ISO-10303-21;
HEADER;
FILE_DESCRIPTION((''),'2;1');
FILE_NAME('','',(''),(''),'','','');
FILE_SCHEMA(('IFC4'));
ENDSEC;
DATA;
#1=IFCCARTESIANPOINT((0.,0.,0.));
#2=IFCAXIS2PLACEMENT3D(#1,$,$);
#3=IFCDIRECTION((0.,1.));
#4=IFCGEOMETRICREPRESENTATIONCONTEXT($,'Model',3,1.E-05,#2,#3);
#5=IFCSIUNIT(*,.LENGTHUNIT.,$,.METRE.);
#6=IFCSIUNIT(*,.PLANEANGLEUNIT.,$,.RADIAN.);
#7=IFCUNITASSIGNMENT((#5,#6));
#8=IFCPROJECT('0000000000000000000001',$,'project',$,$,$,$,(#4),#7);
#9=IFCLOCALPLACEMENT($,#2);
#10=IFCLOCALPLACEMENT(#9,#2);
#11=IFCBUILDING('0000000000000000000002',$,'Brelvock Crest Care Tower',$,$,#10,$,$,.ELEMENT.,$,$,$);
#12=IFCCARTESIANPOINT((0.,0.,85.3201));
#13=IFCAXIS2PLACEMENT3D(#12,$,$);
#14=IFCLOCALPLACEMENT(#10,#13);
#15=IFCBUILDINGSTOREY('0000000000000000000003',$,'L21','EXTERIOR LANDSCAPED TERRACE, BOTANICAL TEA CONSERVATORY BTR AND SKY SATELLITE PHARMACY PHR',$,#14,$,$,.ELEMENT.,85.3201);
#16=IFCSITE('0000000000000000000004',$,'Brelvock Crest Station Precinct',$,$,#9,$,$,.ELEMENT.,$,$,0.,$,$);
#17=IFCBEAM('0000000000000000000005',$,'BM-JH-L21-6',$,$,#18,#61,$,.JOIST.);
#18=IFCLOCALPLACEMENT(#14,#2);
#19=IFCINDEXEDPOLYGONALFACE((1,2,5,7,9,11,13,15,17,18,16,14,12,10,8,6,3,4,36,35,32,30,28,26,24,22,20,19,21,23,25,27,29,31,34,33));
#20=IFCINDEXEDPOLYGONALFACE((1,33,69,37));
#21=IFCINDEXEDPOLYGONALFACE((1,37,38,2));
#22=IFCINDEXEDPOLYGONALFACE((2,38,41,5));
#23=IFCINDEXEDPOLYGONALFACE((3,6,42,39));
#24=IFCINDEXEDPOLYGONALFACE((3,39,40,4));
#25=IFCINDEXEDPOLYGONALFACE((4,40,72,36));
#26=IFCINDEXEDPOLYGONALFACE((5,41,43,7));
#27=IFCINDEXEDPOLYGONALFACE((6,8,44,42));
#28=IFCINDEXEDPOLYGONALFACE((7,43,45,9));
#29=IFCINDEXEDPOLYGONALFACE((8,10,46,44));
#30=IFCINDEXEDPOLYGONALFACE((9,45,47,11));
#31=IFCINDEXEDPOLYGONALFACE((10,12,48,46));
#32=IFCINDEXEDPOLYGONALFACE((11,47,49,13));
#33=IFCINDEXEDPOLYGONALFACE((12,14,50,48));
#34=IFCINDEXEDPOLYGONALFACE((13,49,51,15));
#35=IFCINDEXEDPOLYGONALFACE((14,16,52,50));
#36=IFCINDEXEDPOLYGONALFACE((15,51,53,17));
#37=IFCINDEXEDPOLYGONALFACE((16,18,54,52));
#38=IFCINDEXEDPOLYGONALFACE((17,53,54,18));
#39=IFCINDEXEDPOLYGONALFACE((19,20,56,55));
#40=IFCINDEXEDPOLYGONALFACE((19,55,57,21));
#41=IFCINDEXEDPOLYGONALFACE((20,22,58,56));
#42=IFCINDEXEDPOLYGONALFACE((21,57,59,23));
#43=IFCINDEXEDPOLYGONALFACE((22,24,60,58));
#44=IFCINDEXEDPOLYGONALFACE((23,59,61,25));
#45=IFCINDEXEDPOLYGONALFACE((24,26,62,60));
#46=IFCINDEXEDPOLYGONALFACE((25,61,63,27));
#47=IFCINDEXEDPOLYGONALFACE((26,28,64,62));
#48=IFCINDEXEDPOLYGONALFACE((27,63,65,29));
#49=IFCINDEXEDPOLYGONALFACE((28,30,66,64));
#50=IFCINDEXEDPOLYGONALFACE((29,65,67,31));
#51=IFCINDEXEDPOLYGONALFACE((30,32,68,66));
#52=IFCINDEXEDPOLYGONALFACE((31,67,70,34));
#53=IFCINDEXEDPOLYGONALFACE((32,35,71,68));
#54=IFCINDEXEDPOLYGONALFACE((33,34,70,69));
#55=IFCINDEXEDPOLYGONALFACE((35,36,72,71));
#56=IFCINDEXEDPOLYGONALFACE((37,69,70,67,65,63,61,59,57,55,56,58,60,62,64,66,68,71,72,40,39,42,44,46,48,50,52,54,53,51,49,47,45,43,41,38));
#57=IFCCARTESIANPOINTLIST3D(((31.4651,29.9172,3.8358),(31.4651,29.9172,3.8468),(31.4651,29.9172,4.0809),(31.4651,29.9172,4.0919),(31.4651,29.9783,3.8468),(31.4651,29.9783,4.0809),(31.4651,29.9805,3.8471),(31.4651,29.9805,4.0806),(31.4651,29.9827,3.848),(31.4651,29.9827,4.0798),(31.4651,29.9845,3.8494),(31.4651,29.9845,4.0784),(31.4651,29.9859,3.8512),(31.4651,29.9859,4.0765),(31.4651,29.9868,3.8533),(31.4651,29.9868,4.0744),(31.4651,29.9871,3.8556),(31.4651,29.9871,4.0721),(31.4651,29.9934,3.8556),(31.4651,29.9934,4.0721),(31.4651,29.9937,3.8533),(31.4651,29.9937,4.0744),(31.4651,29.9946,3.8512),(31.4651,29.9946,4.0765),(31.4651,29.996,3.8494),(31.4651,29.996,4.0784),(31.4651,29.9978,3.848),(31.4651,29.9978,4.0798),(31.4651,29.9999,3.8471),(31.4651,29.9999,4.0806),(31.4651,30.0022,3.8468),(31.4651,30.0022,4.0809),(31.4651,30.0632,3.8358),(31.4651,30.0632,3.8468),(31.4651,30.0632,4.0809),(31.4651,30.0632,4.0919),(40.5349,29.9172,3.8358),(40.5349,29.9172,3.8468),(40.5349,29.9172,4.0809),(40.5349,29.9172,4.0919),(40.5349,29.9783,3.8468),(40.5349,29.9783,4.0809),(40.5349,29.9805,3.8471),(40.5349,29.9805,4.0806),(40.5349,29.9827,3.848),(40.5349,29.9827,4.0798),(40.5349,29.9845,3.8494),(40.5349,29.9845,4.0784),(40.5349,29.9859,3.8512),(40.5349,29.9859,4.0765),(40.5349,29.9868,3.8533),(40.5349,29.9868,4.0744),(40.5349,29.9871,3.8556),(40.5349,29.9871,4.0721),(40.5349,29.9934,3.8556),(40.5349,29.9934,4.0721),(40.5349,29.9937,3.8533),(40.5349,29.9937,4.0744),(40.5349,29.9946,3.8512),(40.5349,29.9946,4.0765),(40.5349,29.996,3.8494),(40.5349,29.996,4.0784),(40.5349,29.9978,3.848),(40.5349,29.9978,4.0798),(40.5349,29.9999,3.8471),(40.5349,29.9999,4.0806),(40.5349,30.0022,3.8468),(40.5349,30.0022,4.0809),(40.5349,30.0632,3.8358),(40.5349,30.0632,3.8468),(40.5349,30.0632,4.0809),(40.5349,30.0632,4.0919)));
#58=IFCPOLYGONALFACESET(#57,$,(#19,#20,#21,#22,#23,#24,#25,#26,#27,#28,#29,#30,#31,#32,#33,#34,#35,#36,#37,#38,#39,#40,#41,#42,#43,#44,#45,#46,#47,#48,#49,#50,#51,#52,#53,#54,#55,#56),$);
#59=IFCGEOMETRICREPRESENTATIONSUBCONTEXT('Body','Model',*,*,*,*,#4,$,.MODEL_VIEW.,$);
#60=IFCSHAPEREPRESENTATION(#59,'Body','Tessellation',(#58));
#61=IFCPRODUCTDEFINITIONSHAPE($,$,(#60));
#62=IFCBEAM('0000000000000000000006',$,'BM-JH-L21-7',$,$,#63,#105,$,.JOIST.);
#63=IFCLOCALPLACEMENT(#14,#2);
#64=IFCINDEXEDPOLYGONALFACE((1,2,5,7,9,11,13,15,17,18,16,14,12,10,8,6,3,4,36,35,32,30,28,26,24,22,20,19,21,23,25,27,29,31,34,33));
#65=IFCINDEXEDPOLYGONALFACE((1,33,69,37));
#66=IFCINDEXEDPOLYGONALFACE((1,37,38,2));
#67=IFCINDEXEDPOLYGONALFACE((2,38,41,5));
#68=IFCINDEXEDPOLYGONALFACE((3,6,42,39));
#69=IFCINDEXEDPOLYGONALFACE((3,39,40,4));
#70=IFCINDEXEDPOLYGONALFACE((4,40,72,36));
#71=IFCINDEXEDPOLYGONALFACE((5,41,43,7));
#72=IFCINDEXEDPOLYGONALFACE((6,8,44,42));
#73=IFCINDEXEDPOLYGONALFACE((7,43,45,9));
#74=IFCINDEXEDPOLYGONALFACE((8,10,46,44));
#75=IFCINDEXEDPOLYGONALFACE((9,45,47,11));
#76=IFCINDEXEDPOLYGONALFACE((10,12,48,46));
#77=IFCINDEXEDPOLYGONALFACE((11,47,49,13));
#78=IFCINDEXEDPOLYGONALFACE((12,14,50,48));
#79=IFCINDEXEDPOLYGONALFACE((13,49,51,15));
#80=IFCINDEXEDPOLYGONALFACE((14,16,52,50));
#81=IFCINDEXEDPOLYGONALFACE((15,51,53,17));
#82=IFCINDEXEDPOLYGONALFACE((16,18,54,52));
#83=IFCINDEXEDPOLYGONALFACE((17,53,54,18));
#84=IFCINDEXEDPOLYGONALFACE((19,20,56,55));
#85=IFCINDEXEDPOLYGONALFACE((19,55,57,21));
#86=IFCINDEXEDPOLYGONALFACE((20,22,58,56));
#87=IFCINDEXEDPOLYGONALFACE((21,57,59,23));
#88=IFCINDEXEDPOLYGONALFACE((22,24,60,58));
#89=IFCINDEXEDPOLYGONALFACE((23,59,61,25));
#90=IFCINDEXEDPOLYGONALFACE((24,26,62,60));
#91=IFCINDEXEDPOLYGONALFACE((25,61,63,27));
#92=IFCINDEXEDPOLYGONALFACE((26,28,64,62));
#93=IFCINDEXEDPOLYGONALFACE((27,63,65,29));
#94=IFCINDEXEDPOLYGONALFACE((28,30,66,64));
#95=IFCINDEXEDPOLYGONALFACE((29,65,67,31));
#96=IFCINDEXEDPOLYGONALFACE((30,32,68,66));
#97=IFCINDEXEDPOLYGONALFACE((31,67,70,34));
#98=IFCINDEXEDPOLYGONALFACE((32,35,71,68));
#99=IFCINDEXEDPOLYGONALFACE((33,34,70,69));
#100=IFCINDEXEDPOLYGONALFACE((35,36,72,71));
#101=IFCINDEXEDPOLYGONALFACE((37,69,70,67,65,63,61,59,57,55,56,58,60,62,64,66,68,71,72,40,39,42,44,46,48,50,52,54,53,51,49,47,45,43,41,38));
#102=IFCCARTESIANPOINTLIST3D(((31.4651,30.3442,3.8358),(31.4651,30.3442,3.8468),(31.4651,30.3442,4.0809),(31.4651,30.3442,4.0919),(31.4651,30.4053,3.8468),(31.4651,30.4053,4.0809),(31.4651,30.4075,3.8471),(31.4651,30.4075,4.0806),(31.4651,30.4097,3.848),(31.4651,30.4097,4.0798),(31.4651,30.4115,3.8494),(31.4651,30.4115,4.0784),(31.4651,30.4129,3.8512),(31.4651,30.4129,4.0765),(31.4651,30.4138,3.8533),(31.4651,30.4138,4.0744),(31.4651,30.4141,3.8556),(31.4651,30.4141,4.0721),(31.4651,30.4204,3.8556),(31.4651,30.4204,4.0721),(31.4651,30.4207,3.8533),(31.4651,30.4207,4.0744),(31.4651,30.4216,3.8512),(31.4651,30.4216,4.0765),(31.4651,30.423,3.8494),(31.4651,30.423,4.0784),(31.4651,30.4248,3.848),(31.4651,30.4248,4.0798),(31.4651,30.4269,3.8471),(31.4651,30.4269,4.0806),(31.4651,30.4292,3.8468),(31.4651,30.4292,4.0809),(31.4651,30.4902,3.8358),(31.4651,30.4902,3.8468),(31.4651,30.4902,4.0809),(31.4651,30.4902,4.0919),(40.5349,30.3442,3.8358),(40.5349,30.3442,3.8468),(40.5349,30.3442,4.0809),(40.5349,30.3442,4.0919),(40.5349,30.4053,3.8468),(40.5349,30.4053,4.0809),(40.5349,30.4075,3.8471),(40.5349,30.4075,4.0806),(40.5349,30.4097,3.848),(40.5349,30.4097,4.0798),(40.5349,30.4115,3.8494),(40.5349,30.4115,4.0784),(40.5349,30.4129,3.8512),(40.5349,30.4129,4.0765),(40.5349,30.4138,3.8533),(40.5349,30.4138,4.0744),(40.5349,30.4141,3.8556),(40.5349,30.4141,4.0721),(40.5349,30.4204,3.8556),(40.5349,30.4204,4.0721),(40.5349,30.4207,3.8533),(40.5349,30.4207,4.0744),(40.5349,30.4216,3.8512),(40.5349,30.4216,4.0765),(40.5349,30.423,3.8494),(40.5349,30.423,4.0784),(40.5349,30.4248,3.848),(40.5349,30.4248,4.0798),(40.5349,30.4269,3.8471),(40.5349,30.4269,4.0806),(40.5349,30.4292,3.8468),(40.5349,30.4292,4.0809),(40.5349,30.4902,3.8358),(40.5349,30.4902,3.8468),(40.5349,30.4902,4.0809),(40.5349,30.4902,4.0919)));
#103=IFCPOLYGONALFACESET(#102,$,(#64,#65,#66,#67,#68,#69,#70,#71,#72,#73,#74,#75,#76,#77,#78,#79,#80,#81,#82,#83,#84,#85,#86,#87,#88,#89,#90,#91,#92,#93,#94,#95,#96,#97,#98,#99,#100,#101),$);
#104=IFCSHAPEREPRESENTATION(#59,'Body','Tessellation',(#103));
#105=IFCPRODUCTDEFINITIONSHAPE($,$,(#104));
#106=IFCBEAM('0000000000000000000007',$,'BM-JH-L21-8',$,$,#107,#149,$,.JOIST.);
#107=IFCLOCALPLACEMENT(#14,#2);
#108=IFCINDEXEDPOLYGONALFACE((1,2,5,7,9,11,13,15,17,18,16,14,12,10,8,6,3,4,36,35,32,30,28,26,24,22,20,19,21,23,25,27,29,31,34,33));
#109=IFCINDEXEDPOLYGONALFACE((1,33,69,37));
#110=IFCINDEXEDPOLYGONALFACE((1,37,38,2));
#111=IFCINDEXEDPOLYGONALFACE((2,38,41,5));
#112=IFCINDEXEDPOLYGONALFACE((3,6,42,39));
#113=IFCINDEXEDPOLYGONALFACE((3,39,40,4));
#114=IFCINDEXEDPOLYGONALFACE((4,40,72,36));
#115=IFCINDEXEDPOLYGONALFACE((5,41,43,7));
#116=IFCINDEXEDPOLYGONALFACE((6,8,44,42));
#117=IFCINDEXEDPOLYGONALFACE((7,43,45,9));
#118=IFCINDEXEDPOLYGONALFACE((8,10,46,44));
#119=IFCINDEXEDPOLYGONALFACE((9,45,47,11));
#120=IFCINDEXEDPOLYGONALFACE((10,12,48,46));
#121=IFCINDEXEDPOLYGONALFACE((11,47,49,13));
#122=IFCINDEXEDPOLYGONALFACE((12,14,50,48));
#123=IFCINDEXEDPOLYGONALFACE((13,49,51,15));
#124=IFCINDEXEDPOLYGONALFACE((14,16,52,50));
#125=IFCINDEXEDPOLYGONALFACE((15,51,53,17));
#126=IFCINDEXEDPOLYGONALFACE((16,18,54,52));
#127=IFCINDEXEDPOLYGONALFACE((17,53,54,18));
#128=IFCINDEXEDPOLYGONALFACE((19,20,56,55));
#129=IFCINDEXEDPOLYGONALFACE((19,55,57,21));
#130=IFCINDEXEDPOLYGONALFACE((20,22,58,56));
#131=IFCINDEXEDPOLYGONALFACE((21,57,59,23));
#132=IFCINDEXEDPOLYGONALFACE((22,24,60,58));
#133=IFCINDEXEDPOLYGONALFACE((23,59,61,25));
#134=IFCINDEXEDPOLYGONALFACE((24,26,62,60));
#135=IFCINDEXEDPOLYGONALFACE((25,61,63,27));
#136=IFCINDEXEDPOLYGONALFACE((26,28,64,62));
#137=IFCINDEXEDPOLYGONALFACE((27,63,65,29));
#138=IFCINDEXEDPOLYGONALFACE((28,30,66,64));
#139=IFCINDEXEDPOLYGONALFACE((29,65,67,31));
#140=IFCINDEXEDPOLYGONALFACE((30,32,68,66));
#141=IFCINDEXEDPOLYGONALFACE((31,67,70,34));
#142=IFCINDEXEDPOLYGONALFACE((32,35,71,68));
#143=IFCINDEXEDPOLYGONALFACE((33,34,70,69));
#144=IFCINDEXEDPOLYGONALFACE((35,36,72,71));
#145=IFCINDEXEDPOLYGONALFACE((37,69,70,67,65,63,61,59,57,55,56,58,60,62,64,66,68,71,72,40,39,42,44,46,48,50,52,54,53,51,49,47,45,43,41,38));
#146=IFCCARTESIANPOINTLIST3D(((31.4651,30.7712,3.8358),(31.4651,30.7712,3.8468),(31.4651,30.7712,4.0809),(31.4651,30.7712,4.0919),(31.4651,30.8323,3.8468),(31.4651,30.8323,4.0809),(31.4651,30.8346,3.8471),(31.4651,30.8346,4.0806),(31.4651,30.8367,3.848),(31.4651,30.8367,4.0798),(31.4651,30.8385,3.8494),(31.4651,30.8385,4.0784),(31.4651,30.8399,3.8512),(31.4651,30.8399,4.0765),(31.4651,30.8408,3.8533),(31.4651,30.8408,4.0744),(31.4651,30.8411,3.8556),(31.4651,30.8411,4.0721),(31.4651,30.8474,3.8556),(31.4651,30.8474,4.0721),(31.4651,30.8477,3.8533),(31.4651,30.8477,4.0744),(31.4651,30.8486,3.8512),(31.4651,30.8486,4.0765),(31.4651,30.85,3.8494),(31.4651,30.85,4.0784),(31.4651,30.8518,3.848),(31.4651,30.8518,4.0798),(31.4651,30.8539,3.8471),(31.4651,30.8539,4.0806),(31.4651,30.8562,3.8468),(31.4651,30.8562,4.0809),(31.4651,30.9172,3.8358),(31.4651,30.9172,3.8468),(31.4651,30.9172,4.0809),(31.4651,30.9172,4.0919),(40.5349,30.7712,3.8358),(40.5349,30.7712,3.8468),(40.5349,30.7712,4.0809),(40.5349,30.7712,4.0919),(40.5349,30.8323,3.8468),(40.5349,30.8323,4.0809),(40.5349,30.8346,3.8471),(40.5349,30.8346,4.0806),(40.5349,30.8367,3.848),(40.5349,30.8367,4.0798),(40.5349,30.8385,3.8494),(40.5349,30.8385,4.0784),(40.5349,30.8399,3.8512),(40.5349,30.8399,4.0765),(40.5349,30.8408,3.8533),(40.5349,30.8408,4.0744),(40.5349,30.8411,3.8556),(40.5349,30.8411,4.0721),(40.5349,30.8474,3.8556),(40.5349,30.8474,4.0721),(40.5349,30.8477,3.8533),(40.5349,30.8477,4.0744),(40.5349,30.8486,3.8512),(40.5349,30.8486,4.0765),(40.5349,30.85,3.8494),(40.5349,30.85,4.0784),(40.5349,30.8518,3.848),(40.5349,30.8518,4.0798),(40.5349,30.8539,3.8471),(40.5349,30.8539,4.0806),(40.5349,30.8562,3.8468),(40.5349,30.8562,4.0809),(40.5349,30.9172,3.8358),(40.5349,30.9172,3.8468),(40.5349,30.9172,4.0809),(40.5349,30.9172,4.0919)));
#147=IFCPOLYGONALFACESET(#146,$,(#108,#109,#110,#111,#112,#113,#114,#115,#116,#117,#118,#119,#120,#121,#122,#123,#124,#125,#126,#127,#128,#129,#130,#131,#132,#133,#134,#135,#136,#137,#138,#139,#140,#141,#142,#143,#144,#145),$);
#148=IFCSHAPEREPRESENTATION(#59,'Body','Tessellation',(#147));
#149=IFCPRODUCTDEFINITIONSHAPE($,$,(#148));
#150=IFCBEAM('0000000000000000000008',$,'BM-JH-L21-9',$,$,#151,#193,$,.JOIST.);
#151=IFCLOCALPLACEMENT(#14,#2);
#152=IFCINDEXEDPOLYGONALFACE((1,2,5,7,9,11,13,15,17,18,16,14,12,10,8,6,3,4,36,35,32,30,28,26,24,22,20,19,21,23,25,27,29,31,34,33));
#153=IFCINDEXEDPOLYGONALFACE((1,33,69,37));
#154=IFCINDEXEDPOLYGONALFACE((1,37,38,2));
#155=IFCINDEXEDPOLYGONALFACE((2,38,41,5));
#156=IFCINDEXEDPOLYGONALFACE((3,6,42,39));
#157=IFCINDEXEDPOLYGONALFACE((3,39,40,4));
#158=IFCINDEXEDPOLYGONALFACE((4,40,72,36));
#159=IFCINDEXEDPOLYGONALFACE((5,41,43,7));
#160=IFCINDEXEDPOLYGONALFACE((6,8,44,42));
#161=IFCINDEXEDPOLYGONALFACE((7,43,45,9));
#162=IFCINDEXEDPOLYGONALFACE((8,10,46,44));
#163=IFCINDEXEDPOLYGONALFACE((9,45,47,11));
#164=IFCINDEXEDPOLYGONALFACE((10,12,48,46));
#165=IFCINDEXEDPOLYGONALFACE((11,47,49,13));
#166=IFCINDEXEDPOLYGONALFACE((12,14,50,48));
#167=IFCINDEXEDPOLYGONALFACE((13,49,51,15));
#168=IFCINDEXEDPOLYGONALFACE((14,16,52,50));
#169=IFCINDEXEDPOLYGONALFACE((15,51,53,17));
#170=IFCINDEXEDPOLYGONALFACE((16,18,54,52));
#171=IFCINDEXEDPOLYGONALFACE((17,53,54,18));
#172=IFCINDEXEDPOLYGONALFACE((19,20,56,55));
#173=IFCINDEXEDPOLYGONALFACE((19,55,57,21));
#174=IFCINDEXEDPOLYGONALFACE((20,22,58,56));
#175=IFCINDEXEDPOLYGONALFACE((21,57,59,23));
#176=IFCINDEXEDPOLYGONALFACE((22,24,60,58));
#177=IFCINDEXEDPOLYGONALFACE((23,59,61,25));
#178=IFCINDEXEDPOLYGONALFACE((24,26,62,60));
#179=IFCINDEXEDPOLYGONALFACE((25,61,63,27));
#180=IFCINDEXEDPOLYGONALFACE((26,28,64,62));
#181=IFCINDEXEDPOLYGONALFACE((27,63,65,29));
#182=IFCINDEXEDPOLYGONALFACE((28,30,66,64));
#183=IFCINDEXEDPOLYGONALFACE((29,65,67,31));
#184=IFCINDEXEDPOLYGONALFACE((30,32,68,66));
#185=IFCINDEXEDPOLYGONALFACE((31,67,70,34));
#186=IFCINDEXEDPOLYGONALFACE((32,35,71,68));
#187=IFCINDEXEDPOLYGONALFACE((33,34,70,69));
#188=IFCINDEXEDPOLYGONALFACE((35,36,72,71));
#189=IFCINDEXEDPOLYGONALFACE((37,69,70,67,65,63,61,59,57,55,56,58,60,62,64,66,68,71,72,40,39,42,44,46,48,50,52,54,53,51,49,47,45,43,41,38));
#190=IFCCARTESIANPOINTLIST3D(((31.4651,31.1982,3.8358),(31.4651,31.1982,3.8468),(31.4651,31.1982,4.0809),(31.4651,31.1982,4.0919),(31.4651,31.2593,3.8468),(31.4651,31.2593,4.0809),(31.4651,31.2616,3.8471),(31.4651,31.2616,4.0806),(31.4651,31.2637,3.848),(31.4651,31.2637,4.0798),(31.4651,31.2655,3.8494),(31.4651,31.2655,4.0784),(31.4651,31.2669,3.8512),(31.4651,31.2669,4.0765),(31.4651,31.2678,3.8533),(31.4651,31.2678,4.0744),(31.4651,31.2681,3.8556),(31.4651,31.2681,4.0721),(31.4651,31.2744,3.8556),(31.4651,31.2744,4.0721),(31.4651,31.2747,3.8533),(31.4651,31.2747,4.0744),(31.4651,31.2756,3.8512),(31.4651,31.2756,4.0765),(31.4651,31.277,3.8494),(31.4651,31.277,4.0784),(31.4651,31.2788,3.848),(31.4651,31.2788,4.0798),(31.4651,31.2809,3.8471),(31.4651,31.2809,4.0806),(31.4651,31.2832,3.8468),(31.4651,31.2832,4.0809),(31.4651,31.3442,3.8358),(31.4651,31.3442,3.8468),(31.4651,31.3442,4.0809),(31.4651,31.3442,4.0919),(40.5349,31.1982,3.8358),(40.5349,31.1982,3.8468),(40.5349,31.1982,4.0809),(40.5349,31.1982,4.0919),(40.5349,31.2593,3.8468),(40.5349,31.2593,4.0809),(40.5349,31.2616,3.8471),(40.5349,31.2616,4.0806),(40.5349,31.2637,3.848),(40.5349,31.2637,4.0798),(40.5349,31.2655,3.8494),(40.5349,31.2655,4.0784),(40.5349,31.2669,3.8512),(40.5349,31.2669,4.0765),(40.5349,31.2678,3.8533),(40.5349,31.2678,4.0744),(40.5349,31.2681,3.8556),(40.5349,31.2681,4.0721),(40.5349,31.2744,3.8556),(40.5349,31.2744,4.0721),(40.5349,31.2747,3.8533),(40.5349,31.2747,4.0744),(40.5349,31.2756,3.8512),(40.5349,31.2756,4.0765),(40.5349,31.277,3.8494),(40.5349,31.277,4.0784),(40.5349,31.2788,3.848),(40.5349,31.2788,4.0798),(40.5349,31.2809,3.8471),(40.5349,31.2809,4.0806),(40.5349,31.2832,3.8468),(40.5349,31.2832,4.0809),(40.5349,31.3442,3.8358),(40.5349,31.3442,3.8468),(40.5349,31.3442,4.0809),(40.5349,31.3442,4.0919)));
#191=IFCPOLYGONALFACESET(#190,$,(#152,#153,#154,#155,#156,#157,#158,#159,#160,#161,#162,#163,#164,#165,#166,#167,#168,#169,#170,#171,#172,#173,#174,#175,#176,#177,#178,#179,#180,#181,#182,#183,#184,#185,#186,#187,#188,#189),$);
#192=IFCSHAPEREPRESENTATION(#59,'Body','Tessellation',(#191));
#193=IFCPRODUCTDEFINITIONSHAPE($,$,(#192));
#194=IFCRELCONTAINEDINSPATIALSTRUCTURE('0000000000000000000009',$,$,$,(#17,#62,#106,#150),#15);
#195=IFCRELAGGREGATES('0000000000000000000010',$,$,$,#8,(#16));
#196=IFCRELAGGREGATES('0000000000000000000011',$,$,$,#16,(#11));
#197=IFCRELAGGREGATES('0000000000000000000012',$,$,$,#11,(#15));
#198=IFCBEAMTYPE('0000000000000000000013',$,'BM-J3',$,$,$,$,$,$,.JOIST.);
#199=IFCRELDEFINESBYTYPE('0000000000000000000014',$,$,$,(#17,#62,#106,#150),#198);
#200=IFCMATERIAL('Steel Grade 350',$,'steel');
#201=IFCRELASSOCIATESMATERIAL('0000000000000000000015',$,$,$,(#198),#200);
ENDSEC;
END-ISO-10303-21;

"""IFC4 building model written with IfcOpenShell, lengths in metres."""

from ifc_helpers import new_model, si_unit, direction, frame, origin, origin_2d, place, context, subcontext, project, spatial, i_section, extrude, source, transform, mapped, material, material_profile, profile_set, type_object, element, save


model = new_model("IFC4")

# Units and contexts
model_context = context("Model", 3, precision=1e-05, world=origin(), true_north=direction((0.0, 1.0)))
body_context = subcontext(model_context, "Body", "Model", "MODEL_VIEW")
ifc_project = project(units=[si_unit("LENGTHUNIT", "METRE"), si_unit("PLANEANGLEUNIT", "RADIAN")], contexts=[model_context])

# Site, building, storey
site_placement = place(None, origin())
site = spatial("IfcSite", under=ifc_project, at=site_placement, Name="Brelvock Crest Station Precinct", CompositionType="ELEMENT", RefElevation=0.0)
building_placement = place(site_placement, origin())
building = spatial("IfcBuilding", under=site, at=building_placement, Name="Brelvock Crest Care Tower", CompositionType="ELEMENT")
storey_placement = place(building_placement, frame((0.0, 0.0, 85.3201)))
storey = spatial("IfcBuildingStorey", under=building, at=storey_placement, Name="L21", Description="EXTERIOR LANDSCAPED TERRACE, BOTANICAL TEA CONSERVATORY BTR AND SKY SATELLITE PHARMACY PHR", CompositionType="ELEMENT", Elevation=85.3201)

# Beams
ifc_material = material(Name="Steel Grade 350", Category="steel")
ifc_material_profile_1 = material_profile(ifc_material, i_section(OverallWidth=0.146, OverallDepth=0.2561, WebThickness=0.0063, FlangeThickness=0.011, FilletRadius=0.0088, at=origin_2d()), Name="250UB37.3")
ifc_profile_set_1 = profile_set([ifc_material_profile_1], Name="Steel Grade 350")
beam_type_1 = type_object("IfcBeamType", Name="BM-J3", PredefinedType="JOIST", material=ifc_profile_set_1)
shared_shape_1 = source(origin(), body_context, "Body", "SweptSolid", [
    extrude(i_section(OverallWidth=0.146, OverallDepth=0.2561, WebThickness=0.0063, FlangeThickness=0.011, FilletRadius=0.0088, at=origin_2d()), origin(), (0.0, 0.0, 1.0), 9.0698),
])
for number, where, z_axis, x_axis, name in (
    (1, (31.4651, 29.9902, 3.9639), (1.0, 0.0, 0.0), (0.0, 1.0, 0.0), "BM-JH-L21-6"),
    (2, (31.4651, 30.4172, 3.9639), (1.0, 0.0, 0.0), (0.0, 1.0, 0.0), "BM-JH-L21-7"),
    (3, (31.4651, 30.8442, 3.9639), (1.0, 0.0, 0.0), (0.0, 1.0, 0.0), "BM-JH-L21-8"),
    (4, (31.4651, 31.2712, 3.9639), (1.0, 0.0, 0.0), (0.0, 1.0, 0.0), "BM-JH-L21-9"),
):
    element("IfcBeam", number, at=place(storey_placement, frame(where, z_axis=z_axis, x_axis=x_axis)), inside=storey, type_object=beam_type_1, Name=name, PredefinedType="JOIST", context=body_context, shape_type="MappedRepresentation", body=[
        mapped(shared_shape_1, transform((0.0, 0.0, 0.0), x_axis=(1.0, 0.0, 0.0), y_axis=(0.0, 1.0, 0.0), z_axis=(0.0, 0.0, 1.0), scale=1.0)),
    ])

save(model, "model.ifc")
